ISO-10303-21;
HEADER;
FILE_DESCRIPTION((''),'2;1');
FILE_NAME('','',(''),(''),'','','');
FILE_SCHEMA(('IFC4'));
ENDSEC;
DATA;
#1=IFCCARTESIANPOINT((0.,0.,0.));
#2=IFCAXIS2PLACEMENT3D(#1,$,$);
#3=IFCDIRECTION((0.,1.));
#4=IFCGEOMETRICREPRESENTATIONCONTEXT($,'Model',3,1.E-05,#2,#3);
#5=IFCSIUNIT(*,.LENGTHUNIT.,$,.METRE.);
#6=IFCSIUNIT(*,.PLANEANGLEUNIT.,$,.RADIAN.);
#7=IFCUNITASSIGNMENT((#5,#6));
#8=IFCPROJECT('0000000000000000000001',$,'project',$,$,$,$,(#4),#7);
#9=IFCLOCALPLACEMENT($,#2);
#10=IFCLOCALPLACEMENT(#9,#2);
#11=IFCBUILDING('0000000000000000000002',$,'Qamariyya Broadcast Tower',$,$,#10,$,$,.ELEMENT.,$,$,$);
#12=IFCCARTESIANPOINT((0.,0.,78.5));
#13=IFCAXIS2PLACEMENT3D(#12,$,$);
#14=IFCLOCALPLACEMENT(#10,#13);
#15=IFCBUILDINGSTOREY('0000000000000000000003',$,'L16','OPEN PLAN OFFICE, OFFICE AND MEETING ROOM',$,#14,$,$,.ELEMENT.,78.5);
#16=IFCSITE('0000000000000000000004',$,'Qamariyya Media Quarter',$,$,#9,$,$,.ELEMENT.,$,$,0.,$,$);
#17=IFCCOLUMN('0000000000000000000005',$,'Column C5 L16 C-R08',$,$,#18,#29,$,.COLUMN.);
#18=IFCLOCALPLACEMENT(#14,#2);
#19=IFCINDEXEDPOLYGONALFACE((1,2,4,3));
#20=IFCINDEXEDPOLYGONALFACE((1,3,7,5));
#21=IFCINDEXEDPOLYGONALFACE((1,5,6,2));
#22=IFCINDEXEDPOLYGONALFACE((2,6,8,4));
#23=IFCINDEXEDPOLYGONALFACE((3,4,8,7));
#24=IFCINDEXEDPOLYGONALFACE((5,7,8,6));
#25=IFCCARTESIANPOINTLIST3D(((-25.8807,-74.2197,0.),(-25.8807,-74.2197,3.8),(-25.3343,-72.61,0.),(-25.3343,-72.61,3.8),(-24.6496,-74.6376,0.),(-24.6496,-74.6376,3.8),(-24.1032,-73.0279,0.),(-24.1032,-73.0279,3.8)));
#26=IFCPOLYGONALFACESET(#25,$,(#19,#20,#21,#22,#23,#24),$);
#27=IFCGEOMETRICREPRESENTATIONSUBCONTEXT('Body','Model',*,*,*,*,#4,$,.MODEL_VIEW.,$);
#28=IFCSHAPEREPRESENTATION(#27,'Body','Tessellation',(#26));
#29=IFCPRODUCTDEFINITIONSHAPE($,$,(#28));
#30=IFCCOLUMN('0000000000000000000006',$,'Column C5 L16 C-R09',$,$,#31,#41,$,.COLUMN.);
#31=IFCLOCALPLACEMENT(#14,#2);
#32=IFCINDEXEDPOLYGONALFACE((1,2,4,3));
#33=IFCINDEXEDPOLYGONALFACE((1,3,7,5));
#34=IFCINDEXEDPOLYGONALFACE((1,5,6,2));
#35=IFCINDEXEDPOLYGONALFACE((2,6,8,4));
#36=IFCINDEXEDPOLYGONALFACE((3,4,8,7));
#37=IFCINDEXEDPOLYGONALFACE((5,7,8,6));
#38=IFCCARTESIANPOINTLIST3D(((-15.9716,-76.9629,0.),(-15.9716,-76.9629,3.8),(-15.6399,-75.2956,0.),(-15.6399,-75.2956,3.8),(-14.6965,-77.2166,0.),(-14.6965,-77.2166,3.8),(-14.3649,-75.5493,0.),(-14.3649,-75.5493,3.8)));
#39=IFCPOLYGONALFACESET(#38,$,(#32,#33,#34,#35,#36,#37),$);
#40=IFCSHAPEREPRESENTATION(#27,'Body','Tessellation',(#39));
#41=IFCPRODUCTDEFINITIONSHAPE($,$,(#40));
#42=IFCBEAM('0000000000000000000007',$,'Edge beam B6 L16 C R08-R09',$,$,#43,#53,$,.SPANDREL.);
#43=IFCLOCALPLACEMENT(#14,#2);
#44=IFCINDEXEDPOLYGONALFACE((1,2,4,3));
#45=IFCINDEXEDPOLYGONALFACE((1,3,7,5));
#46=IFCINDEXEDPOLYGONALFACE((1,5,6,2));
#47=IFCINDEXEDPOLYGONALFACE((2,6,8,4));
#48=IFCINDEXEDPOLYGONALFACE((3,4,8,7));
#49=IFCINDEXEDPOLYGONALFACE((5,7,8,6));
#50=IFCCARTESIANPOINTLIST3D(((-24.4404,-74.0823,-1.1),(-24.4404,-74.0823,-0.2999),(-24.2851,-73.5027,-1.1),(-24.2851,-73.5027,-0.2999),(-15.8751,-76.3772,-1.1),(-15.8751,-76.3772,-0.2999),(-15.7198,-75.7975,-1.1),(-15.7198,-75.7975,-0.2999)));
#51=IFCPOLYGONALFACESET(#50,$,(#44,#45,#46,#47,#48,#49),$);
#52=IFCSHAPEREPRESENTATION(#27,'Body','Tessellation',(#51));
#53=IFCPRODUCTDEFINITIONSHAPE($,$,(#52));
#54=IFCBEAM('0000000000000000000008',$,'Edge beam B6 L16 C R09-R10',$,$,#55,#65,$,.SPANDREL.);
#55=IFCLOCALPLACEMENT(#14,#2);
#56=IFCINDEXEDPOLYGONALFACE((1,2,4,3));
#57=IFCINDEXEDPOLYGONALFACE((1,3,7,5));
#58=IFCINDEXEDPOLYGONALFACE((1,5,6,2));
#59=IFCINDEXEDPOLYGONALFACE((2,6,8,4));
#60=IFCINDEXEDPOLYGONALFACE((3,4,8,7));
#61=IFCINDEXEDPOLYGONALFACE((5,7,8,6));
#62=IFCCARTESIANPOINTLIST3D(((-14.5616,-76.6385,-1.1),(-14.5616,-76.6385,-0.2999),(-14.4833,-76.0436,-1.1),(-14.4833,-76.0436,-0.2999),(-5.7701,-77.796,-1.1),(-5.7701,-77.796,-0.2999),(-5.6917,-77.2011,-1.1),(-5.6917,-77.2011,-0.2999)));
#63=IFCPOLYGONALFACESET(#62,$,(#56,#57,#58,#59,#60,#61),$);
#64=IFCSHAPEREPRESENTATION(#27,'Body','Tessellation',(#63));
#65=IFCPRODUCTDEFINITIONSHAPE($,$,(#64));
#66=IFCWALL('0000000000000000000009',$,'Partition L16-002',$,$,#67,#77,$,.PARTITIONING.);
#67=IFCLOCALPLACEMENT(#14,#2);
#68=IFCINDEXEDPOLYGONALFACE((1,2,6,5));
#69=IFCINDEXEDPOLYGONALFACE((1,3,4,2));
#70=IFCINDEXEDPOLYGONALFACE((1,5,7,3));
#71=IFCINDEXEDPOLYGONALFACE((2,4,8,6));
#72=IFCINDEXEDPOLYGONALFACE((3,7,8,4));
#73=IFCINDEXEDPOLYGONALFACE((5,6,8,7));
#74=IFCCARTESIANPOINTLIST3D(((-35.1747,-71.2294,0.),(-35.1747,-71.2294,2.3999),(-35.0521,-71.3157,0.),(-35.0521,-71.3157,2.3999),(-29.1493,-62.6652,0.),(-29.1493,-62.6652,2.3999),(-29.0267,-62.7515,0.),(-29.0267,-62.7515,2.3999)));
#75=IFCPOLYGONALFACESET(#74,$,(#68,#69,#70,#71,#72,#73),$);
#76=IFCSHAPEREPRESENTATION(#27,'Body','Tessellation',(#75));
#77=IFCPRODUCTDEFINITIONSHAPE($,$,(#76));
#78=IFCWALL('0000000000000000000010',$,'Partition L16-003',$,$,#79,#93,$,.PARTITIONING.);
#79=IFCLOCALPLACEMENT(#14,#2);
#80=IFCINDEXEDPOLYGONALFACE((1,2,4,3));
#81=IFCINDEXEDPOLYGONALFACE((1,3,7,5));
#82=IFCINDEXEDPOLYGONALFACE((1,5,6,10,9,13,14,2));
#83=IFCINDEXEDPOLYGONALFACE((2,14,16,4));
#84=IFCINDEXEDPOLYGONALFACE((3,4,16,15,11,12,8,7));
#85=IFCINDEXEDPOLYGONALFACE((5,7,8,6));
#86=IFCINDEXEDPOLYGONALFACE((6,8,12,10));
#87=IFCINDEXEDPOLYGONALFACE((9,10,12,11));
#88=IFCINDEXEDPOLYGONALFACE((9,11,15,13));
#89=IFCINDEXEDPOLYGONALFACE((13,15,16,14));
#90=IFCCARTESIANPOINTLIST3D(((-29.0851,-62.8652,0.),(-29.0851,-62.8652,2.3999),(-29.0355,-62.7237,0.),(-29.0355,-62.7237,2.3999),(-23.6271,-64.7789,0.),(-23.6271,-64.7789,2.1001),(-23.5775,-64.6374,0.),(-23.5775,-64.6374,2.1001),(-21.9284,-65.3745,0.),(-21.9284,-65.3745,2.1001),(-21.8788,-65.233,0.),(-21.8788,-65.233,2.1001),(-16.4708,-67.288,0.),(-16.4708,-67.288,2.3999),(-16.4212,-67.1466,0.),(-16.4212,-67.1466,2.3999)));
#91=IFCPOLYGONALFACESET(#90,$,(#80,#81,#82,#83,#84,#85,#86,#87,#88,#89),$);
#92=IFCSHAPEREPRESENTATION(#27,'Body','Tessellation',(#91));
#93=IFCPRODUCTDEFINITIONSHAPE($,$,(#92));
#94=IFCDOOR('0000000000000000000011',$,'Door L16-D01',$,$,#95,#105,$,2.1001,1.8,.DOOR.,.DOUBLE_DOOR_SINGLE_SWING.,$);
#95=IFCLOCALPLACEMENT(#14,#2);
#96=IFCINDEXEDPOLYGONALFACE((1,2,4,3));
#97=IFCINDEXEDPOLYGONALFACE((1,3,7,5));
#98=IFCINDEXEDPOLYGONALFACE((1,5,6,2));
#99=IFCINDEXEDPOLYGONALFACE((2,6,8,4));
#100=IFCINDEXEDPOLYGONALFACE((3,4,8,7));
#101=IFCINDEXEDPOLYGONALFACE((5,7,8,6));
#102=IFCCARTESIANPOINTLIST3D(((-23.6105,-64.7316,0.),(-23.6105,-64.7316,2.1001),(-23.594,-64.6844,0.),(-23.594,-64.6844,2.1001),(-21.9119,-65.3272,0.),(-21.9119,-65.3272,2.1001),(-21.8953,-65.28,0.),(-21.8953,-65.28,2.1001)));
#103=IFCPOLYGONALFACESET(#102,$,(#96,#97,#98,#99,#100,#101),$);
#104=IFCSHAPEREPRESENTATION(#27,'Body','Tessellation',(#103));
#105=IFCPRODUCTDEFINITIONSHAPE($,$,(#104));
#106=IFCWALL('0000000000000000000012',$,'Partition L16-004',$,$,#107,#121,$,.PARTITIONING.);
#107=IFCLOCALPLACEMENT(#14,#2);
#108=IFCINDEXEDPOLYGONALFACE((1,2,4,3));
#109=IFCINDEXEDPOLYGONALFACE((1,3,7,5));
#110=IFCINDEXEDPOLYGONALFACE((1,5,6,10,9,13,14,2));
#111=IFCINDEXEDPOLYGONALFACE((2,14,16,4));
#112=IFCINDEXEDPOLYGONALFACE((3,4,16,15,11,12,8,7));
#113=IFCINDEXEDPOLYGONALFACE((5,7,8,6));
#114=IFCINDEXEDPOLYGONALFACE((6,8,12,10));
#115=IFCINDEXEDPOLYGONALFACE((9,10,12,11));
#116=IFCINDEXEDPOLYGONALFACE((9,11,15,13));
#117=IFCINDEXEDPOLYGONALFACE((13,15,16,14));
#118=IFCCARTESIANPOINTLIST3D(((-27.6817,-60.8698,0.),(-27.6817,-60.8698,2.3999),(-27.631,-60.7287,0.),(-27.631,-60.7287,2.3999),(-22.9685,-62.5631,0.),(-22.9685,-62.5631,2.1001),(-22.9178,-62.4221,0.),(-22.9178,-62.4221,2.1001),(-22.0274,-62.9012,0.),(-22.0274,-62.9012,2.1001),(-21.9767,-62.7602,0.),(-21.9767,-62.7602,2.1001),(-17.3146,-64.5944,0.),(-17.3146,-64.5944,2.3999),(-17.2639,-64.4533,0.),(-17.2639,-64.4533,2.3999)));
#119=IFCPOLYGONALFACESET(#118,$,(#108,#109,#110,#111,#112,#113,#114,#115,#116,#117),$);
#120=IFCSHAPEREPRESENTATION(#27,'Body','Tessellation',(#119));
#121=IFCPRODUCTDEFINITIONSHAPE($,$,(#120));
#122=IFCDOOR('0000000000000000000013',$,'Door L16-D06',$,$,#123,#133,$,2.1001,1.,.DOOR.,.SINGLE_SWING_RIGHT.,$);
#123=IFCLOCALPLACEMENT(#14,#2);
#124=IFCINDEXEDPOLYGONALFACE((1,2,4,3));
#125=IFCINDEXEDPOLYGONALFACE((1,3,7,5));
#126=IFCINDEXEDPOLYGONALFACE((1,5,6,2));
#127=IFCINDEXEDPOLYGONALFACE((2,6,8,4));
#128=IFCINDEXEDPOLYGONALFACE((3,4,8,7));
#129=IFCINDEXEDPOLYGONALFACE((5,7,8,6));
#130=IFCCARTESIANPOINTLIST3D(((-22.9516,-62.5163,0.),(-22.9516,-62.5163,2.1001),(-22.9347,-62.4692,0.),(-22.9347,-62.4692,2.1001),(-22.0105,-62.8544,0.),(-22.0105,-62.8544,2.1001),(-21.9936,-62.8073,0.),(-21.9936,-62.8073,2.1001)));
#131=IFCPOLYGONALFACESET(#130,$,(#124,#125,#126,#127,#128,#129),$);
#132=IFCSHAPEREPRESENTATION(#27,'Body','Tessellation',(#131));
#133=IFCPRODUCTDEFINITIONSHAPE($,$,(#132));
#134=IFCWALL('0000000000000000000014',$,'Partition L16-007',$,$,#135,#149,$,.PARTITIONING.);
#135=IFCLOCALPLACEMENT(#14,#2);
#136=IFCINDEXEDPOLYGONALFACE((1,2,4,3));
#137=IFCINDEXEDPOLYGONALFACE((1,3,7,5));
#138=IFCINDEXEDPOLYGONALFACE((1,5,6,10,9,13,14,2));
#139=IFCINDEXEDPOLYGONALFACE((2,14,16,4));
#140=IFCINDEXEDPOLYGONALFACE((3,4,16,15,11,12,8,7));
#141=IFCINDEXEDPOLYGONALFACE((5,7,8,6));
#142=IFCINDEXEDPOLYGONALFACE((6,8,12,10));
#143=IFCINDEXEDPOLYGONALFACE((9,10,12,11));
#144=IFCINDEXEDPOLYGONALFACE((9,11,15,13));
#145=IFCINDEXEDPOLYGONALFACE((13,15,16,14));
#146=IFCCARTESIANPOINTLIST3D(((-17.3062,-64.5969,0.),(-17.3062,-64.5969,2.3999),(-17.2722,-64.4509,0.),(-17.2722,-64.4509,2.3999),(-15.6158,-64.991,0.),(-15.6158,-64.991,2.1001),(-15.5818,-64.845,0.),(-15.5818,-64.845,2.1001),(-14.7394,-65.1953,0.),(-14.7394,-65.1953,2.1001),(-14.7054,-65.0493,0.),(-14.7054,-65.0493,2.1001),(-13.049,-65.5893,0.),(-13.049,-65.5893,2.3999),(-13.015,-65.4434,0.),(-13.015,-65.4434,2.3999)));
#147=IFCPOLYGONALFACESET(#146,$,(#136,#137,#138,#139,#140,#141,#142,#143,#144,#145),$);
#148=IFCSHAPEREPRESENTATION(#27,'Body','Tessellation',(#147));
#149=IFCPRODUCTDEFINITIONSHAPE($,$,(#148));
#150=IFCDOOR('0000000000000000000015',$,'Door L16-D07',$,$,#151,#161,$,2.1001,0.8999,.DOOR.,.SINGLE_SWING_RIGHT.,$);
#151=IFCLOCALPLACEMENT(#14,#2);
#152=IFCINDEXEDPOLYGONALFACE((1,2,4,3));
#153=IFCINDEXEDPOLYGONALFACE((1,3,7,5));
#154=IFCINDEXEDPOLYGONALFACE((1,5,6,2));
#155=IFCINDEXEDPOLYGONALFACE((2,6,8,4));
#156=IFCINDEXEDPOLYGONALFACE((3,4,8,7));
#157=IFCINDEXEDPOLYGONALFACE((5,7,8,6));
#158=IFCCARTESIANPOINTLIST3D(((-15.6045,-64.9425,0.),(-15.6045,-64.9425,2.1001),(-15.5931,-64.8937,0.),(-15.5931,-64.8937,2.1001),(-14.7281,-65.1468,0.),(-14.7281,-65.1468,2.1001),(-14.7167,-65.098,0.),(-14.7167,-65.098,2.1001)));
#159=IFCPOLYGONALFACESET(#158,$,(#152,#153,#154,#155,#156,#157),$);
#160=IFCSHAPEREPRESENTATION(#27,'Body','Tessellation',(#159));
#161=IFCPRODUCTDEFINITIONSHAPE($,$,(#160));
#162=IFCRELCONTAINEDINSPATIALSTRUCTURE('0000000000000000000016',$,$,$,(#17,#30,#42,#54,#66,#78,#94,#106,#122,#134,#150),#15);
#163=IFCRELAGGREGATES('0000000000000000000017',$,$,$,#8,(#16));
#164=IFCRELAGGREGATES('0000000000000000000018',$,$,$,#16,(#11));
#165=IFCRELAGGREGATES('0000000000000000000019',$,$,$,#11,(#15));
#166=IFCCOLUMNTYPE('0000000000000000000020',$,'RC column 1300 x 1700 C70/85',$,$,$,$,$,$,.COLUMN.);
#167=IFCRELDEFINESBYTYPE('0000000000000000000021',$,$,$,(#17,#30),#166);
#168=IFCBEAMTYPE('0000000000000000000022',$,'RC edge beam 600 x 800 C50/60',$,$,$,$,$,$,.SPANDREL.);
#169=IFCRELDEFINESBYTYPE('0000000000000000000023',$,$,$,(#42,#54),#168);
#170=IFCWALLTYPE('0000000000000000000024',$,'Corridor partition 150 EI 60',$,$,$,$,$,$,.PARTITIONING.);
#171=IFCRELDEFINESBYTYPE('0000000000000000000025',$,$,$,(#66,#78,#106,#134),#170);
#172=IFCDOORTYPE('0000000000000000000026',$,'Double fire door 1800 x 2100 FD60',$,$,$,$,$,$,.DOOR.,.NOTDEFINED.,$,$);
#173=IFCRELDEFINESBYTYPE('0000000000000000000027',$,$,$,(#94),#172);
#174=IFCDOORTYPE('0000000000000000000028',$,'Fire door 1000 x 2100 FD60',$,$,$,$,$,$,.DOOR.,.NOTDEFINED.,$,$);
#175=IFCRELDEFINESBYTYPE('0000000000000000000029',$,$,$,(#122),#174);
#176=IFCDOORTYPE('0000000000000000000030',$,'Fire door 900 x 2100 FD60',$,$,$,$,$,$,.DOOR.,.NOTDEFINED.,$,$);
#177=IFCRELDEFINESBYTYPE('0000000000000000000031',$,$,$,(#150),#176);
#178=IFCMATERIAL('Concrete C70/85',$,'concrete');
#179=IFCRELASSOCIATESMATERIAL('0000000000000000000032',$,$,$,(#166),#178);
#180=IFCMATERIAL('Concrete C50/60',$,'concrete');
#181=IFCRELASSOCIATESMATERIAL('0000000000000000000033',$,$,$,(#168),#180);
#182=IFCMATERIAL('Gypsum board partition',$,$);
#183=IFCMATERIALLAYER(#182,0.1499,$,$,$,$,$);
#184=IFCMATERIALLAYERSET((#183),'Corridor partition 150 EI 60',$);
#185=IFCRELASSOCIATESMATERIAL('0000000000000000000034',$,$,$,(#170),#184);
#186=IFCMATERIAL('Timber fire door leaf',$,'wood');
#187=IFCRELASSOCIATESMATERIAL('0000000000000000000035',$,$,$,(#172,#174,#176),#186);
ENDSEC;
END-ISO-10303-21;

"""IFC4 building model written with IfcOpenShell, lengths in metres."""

from ifc_helpers import new_model, si_unit, direction, frame, frame_2d, origin, origin_2d, place, context, subcontext, project, spatial, rectangle, extrude, material, layer, layer_set, material_profile, profile_set, type_object, element, fill, save


model = new_model("IFC4")

# Units and contexts
model_context = context("Model", 3, precision=1e-05, world=origin(), true_north=direction((0.0, 1.0)))
body_context = subcontext(model_context, "Body", "Model", "MODEL_VIEW")
ifc_project = project(units=[si_unit("LENGTHUNIT", "METRE"), si_unit("PLANEANGLEUNIT", "RADIAN")], contexts=[model_context])

# Site, building, storey
site_placement = place(None, origin())
site = spatial("IfcSite", under=ifc_project, at=site_placement, Name="Qamariyya Media Quarter", CompositionType="ELEMENT", RefElevation=0.0)
building_placement = place(site_placement, origin())
building = spatial("IfcBuilding", under=site, at=building_placement, Name="Qamariyya Broadcast Tower", CompositionType="ELEMENT")
storey_placement = place(building_placement, frame((0.0, 0.0, 78.5)))
storey = spatial("IfcBuildingStorey", under=building, at=storey_placement, Name="L16", Description="OPEN PLAN OFFICE, OFFICE AND MEETING ROOM", CompositionType="ELEMENT", Elevation=78.5)

# Columns
ifc_material_1 = material(Name="Concrete C70/85", Category="concrete")
ifc_material_profile_1 = material_profile(ifc_material_1, rectangle(XDim=1.3, YDim=1.7, at=origin_2d()))
ifc_profile_set_1 = profile_set([ifc_material_profile_1], Name="Concrete C70/85")
column_type = type_object("IfcColumnType", Name="RC column 1300 x 1700 C70/85", PredefinedType="COLUMN", material=ifc_profile_set_1)
for number, where, z_axis, x_axis, name in (
    (1, (-24.9919, -73.6238, 0.0), (0.0, 0.0, 1.0), (0.94693, -0.321439, 0.0), "Column C5 L16 C-R08"),
    (2, (-15.1682, -76.2561, 0.0), (0.0, 0.0, 1.0), (0.980785, -0.19509, 0.0), "Column C5 L16 C-R09"),
):
    element("IfcColumn", number, at=place(storey_placement, frame(where, z_axis=z_axis, x_axis=x_axis)), inside=storey, type_object=column_type, Name=name, PredefinedType="COLUMN", context=body_context, shape_type="SweptSolid", body=[
        extrude(rectangle(XDim=1.3, YDim=1.7, at=origin_2d()), origin(), (0.0, 0.0, 1.0), 3.8),
    ])

# Beams
ifc_material_2 = material(Name="Concrete C50/60", Category="concrete")
ifc_material_profile_2 = material_profile(ifc_material_2, rectangle(XDim=0.6001, YDim=0.8, at=origin_2d()))
ifc_profile_set_2 = profile_set([ifc_material_profile_2], Name="Concrete C50/60")
beam_type = type_object("IfcBeamType", Name="RC edge beam 600 x 800 C50/60", PredefinedType="SPANDREL", material=ifc_profile_set_2)
for number, where, z_axis, x_axis, name in (
    (3, (-24.3628, -73.7925, -0.7), (0.965931, -0.2588, 0.0), (0.2588, 0.965931, 0.0), "Edge beam B6 L16 C R08-R09"),
    (4, (-14.5225, -76.3411, -0.7), (0.991444, -0.130531, 0.0), (0.130531, 0.991444, 0.0), "Edge beam B6 L16 C R09-R10"),
):
    element("IfcBeam", number, at=place(storey_placement, frame(where, z_axis=z_axis, x_axis=x_axis)), inside=storey, type_object=beam_type, Name=name, PredefinedType="SPANDREL", context=body_context, shape_type="SweptSolid", body=[
        extrude(rectangle(XDim=0.6001, YDim=0.8, at=origin_2d()), origin(), (0.0, 0.0, 1.0), 8.8674),
    ])

# Wall
ifc_material_3 = material(Name="Gypsum board partition")
ifc_layer_1 = layer(ifc_material_3, 0.1499)
ifc_layer_set_1 = layer_set([ifc_layer_1], Name="Corridor partition 150 EI 60")
wall_type_1 = type_object("IfcWallType", Name="Corridor partition 150 EI 60", PredefinedType="PARTITIONING", material=ifc_layer_set_1)
wall_1_placement = place(storey_placement, frame((-29.0879, -62.7083, 0.0), z_axis=(0.0, 0.0, 1.0), x_axis=(-0.575412, -0.817864, 0.0)))
element("IfcWall", 5, at=wall_1_placement, inside=storey, type_object=wall_type_1, Name="Partition L16-002", PredefinedType="PARTITIONING", context=body_context, shape_type="SweptSolid", body=[
    extrude(rectangle(XDim=10.4714, YDim=0.1499, at=frame_2d((5.2358, 0.0))), origin(), (0.0, 0.0, 1.0), 2.3999),
])

# Walls, openings, doors
wall_2_placement = place(storey_placement, frame((-16.446, -67.2173, 0.0), z_axis=(0.0, 0.0, 1.0), x_axis=(-0.943675, 0.330874, 0.0)))
wall_2 = element("IfcWall", 6, at=wall_2_placement, inside=storey, type_object=wall_type_1, Name="Partition L16-003", PredefinedType="PARTITIONING", context=body_context, shape_type="SweptSolid", body=[
    extrude(rectangle(XDim=13.3672, YDim=0.1499, at=frame_2d((6.6836, 0.0))), origin(), (0.0, 0.0, 1.0), 2.3999),
])
opening_1_placement = place(wall_2_placement, frame((5.7834, 0.0, 0.0)))
opening_1 = element("IfcOpeningElement", 7, at=opening_1_placement, cuts=wall_2, PredefinedType="OPENING", context=body_context, shape_type="SweptSolid", body=[
    extrude(rectangle(XDim=1.8, YDim=2.1001, at=frame_2d((0.8999, 1.05))), frame((0.0, 0.085, 0.0), z_axis=(0.0, -1.0, 0.0), x_axis=(1.0, 0.0, 0.0)), (0.0, 0.0, 1.0), 0.1699),
])
ifc_material_4 = material(Name="Timber fire door leaf", Category="wood")
door_type_1 = type_object("IfcDoorType", Name="Double fire door 1800 x 2100 FD60", OperationType="NOTDEFINED", PredefinedType="DOOR", material=ifc_material_4)
door_1_placement = place(opening_1_placement, origin())
door_1 = element("IfcDoor", 8, at=door_1_placement, inside=storey, type_object=door_type_1, Name="Door L16-D01", OperationType="DOUBLE_DOOR_SINGLE_SWING", OverallHeight=2.1001, OverallWidth=1.8, PredefinedType="DOOR", context=body_context, shape_type="SweptSolid", body=[
    extrude(rectangle(XDim=1.8, YDim=2.1001, at=frame_2d((0.8999, 1.05))), frame((0.0, 0.0249, 0.0), z_axis=(0.0, -1.0, 0.0), x_axis=(1.0, 0.0, 0.0)), (0.0, 0.0, 1.0), 0.05),
])
fill(opening_1, door_1)
wall_3_placement = place(storey_placement, frame((-27.6562, -60.7993, 0.0), z_axis=(0.0, 0.0, 1.0), x_axis=(0.941106, -0.33811, 0.0)))
wall_3 = element("IfcWall", 9, at=wall_3_placement, inside=storey, type_object=wall_type_1, Name="Partition L16-004", PredefinedType="PARTITIONING", context=body_context, shape_type="SweptSolid", body=[
    extrude(rectangle(XDim=11.0159, YDim=0.1499, at=frame_2d((5.5078, 0.0))), origin(), (0.0, 0.0, 1.0), 2.3999),
])
opening_2_placement = place(wall_3_placement, frame((5.0081, 0.0, 0.0)))
opening_2 = element("IfcOpeningElement", 10, at=opening_2_placement, cuts=wall_3, PredefinedType="OPENING", context=body_context, shape_type="SweptSolid", body=[
    extrude(rectangle(XDim=1.0, YDim=2.1001, at=frame_2d((0.5, 1.05))), frame((0.0, 0.085, 0.0), z_axis=(0.0, -1.0, 0.0), x_axis=(1.0, 0.0, 0.0)), (0.0, 0.0, 1.0), 0.1699),
])
door_type_2 = type_object("IfcDoorType", Name="Fire door 1000 x 2100 FD60", OperationType="NOTDEFINED", PredefinedType="DOOR", material=ifc_material_4)
door_2_placement = place(opening_2_placement, origin())
door_2 = element("IfcDoor", 11, at=door_2_placement, inside=storey, type_object=door_type_2, Name="Door L16-D06", OperationType="SINGLE_SWING_RIGHT", OverallHeight=2.1001, OverallWidth=1.0, PredefinedType="DOOR", context=body_context, shape_type="SweptSolid", body=[
    extrude(rectangle(XDim=1.0, YDim=2.1001, at=frame_2d((0.5, 1.05))), frame((0.0, 0.0249, 0.0), z_axis=(0.0, -1.0, 0.0), x_axis=(1.0, 0.0, 0.0)), (0.0, 0.0, 1.0), 0.05),
])
fill(opening_2, door_2)
wall_4_placement = place(storey_placement, frame((-17.2891, -64.5239, 0.0), z_axis=(0.0, 0.0, 1.0), x_axis=(0.973886, -0.227037, 0.0)))
wall_4 = element("IfcWall", 12, at=wall_4_placement, inside=storey, type_object=wall_type_1, Name="Partition L16-007", PredefinedType="PARTITIONING", context=body_context, shape_type="SweptSolid", body=[
    extrude(rectangle(XDim=4.3713, YDim=0.1499, at=frame_2d((2.1855, 0.0))), origin(), (0.0, 0.0, 1.0), 2.3999),
])
opening_3_placement = place(wall_4_placement, frame((1.7356, 0.0, 0.0)))
opening_3 = element("IfcOpeningElement", 13, at=opening_3_placement, cuts=wall_4, PredefinedType="OPENING", context=body_context, shape_type="SweptSolid", body=[
    extrude(rectangle(XDim=0.8999, YDim=2.1001, at=frame_2d((0.45, 1.05))), frame((0.0, 0.085, 0.0), z_axis=(0.0, -1.0, 0.0), x_axis=(1.0, 0.0, 0.0)), (0.0, 0.0, 1.0), 0.1699),
])
door_type_3 = type_object("IfcDoorType", Name="Fire door 900 x 2100 FD60", OperationType="NOTDEFINED", PredefinedType="DOOR", material=ifc_material_4)
door_3_placement = place(opening_3_placement, origin())
door_3 = element("IfcDoor", 14, at=door_3_placement, inside=storey, type_object=door_type_3, Name="Door L16-D07", OperationType="SINGLE_SWING_RIGHT", OverallHeight=2.1001, OverallWidth=0.8999, PredefinedType="DOOR", context=body_context, shape_type="SweptSolid", body=[
    extrude(rectangle(XDim=0.8999, YDim=2.1001, at=frame_2d((0.45, 1.05))), frame((0.0, 0.0249, 0.0), z_axis=(0.0, -1.0, 0.0), x_axis=(1.0, 0.0, 0.0)), (0.0, 0.0, 1.0), 0.05),
])
fill(opening_3, door_3)

save(model, "model.ifc")
